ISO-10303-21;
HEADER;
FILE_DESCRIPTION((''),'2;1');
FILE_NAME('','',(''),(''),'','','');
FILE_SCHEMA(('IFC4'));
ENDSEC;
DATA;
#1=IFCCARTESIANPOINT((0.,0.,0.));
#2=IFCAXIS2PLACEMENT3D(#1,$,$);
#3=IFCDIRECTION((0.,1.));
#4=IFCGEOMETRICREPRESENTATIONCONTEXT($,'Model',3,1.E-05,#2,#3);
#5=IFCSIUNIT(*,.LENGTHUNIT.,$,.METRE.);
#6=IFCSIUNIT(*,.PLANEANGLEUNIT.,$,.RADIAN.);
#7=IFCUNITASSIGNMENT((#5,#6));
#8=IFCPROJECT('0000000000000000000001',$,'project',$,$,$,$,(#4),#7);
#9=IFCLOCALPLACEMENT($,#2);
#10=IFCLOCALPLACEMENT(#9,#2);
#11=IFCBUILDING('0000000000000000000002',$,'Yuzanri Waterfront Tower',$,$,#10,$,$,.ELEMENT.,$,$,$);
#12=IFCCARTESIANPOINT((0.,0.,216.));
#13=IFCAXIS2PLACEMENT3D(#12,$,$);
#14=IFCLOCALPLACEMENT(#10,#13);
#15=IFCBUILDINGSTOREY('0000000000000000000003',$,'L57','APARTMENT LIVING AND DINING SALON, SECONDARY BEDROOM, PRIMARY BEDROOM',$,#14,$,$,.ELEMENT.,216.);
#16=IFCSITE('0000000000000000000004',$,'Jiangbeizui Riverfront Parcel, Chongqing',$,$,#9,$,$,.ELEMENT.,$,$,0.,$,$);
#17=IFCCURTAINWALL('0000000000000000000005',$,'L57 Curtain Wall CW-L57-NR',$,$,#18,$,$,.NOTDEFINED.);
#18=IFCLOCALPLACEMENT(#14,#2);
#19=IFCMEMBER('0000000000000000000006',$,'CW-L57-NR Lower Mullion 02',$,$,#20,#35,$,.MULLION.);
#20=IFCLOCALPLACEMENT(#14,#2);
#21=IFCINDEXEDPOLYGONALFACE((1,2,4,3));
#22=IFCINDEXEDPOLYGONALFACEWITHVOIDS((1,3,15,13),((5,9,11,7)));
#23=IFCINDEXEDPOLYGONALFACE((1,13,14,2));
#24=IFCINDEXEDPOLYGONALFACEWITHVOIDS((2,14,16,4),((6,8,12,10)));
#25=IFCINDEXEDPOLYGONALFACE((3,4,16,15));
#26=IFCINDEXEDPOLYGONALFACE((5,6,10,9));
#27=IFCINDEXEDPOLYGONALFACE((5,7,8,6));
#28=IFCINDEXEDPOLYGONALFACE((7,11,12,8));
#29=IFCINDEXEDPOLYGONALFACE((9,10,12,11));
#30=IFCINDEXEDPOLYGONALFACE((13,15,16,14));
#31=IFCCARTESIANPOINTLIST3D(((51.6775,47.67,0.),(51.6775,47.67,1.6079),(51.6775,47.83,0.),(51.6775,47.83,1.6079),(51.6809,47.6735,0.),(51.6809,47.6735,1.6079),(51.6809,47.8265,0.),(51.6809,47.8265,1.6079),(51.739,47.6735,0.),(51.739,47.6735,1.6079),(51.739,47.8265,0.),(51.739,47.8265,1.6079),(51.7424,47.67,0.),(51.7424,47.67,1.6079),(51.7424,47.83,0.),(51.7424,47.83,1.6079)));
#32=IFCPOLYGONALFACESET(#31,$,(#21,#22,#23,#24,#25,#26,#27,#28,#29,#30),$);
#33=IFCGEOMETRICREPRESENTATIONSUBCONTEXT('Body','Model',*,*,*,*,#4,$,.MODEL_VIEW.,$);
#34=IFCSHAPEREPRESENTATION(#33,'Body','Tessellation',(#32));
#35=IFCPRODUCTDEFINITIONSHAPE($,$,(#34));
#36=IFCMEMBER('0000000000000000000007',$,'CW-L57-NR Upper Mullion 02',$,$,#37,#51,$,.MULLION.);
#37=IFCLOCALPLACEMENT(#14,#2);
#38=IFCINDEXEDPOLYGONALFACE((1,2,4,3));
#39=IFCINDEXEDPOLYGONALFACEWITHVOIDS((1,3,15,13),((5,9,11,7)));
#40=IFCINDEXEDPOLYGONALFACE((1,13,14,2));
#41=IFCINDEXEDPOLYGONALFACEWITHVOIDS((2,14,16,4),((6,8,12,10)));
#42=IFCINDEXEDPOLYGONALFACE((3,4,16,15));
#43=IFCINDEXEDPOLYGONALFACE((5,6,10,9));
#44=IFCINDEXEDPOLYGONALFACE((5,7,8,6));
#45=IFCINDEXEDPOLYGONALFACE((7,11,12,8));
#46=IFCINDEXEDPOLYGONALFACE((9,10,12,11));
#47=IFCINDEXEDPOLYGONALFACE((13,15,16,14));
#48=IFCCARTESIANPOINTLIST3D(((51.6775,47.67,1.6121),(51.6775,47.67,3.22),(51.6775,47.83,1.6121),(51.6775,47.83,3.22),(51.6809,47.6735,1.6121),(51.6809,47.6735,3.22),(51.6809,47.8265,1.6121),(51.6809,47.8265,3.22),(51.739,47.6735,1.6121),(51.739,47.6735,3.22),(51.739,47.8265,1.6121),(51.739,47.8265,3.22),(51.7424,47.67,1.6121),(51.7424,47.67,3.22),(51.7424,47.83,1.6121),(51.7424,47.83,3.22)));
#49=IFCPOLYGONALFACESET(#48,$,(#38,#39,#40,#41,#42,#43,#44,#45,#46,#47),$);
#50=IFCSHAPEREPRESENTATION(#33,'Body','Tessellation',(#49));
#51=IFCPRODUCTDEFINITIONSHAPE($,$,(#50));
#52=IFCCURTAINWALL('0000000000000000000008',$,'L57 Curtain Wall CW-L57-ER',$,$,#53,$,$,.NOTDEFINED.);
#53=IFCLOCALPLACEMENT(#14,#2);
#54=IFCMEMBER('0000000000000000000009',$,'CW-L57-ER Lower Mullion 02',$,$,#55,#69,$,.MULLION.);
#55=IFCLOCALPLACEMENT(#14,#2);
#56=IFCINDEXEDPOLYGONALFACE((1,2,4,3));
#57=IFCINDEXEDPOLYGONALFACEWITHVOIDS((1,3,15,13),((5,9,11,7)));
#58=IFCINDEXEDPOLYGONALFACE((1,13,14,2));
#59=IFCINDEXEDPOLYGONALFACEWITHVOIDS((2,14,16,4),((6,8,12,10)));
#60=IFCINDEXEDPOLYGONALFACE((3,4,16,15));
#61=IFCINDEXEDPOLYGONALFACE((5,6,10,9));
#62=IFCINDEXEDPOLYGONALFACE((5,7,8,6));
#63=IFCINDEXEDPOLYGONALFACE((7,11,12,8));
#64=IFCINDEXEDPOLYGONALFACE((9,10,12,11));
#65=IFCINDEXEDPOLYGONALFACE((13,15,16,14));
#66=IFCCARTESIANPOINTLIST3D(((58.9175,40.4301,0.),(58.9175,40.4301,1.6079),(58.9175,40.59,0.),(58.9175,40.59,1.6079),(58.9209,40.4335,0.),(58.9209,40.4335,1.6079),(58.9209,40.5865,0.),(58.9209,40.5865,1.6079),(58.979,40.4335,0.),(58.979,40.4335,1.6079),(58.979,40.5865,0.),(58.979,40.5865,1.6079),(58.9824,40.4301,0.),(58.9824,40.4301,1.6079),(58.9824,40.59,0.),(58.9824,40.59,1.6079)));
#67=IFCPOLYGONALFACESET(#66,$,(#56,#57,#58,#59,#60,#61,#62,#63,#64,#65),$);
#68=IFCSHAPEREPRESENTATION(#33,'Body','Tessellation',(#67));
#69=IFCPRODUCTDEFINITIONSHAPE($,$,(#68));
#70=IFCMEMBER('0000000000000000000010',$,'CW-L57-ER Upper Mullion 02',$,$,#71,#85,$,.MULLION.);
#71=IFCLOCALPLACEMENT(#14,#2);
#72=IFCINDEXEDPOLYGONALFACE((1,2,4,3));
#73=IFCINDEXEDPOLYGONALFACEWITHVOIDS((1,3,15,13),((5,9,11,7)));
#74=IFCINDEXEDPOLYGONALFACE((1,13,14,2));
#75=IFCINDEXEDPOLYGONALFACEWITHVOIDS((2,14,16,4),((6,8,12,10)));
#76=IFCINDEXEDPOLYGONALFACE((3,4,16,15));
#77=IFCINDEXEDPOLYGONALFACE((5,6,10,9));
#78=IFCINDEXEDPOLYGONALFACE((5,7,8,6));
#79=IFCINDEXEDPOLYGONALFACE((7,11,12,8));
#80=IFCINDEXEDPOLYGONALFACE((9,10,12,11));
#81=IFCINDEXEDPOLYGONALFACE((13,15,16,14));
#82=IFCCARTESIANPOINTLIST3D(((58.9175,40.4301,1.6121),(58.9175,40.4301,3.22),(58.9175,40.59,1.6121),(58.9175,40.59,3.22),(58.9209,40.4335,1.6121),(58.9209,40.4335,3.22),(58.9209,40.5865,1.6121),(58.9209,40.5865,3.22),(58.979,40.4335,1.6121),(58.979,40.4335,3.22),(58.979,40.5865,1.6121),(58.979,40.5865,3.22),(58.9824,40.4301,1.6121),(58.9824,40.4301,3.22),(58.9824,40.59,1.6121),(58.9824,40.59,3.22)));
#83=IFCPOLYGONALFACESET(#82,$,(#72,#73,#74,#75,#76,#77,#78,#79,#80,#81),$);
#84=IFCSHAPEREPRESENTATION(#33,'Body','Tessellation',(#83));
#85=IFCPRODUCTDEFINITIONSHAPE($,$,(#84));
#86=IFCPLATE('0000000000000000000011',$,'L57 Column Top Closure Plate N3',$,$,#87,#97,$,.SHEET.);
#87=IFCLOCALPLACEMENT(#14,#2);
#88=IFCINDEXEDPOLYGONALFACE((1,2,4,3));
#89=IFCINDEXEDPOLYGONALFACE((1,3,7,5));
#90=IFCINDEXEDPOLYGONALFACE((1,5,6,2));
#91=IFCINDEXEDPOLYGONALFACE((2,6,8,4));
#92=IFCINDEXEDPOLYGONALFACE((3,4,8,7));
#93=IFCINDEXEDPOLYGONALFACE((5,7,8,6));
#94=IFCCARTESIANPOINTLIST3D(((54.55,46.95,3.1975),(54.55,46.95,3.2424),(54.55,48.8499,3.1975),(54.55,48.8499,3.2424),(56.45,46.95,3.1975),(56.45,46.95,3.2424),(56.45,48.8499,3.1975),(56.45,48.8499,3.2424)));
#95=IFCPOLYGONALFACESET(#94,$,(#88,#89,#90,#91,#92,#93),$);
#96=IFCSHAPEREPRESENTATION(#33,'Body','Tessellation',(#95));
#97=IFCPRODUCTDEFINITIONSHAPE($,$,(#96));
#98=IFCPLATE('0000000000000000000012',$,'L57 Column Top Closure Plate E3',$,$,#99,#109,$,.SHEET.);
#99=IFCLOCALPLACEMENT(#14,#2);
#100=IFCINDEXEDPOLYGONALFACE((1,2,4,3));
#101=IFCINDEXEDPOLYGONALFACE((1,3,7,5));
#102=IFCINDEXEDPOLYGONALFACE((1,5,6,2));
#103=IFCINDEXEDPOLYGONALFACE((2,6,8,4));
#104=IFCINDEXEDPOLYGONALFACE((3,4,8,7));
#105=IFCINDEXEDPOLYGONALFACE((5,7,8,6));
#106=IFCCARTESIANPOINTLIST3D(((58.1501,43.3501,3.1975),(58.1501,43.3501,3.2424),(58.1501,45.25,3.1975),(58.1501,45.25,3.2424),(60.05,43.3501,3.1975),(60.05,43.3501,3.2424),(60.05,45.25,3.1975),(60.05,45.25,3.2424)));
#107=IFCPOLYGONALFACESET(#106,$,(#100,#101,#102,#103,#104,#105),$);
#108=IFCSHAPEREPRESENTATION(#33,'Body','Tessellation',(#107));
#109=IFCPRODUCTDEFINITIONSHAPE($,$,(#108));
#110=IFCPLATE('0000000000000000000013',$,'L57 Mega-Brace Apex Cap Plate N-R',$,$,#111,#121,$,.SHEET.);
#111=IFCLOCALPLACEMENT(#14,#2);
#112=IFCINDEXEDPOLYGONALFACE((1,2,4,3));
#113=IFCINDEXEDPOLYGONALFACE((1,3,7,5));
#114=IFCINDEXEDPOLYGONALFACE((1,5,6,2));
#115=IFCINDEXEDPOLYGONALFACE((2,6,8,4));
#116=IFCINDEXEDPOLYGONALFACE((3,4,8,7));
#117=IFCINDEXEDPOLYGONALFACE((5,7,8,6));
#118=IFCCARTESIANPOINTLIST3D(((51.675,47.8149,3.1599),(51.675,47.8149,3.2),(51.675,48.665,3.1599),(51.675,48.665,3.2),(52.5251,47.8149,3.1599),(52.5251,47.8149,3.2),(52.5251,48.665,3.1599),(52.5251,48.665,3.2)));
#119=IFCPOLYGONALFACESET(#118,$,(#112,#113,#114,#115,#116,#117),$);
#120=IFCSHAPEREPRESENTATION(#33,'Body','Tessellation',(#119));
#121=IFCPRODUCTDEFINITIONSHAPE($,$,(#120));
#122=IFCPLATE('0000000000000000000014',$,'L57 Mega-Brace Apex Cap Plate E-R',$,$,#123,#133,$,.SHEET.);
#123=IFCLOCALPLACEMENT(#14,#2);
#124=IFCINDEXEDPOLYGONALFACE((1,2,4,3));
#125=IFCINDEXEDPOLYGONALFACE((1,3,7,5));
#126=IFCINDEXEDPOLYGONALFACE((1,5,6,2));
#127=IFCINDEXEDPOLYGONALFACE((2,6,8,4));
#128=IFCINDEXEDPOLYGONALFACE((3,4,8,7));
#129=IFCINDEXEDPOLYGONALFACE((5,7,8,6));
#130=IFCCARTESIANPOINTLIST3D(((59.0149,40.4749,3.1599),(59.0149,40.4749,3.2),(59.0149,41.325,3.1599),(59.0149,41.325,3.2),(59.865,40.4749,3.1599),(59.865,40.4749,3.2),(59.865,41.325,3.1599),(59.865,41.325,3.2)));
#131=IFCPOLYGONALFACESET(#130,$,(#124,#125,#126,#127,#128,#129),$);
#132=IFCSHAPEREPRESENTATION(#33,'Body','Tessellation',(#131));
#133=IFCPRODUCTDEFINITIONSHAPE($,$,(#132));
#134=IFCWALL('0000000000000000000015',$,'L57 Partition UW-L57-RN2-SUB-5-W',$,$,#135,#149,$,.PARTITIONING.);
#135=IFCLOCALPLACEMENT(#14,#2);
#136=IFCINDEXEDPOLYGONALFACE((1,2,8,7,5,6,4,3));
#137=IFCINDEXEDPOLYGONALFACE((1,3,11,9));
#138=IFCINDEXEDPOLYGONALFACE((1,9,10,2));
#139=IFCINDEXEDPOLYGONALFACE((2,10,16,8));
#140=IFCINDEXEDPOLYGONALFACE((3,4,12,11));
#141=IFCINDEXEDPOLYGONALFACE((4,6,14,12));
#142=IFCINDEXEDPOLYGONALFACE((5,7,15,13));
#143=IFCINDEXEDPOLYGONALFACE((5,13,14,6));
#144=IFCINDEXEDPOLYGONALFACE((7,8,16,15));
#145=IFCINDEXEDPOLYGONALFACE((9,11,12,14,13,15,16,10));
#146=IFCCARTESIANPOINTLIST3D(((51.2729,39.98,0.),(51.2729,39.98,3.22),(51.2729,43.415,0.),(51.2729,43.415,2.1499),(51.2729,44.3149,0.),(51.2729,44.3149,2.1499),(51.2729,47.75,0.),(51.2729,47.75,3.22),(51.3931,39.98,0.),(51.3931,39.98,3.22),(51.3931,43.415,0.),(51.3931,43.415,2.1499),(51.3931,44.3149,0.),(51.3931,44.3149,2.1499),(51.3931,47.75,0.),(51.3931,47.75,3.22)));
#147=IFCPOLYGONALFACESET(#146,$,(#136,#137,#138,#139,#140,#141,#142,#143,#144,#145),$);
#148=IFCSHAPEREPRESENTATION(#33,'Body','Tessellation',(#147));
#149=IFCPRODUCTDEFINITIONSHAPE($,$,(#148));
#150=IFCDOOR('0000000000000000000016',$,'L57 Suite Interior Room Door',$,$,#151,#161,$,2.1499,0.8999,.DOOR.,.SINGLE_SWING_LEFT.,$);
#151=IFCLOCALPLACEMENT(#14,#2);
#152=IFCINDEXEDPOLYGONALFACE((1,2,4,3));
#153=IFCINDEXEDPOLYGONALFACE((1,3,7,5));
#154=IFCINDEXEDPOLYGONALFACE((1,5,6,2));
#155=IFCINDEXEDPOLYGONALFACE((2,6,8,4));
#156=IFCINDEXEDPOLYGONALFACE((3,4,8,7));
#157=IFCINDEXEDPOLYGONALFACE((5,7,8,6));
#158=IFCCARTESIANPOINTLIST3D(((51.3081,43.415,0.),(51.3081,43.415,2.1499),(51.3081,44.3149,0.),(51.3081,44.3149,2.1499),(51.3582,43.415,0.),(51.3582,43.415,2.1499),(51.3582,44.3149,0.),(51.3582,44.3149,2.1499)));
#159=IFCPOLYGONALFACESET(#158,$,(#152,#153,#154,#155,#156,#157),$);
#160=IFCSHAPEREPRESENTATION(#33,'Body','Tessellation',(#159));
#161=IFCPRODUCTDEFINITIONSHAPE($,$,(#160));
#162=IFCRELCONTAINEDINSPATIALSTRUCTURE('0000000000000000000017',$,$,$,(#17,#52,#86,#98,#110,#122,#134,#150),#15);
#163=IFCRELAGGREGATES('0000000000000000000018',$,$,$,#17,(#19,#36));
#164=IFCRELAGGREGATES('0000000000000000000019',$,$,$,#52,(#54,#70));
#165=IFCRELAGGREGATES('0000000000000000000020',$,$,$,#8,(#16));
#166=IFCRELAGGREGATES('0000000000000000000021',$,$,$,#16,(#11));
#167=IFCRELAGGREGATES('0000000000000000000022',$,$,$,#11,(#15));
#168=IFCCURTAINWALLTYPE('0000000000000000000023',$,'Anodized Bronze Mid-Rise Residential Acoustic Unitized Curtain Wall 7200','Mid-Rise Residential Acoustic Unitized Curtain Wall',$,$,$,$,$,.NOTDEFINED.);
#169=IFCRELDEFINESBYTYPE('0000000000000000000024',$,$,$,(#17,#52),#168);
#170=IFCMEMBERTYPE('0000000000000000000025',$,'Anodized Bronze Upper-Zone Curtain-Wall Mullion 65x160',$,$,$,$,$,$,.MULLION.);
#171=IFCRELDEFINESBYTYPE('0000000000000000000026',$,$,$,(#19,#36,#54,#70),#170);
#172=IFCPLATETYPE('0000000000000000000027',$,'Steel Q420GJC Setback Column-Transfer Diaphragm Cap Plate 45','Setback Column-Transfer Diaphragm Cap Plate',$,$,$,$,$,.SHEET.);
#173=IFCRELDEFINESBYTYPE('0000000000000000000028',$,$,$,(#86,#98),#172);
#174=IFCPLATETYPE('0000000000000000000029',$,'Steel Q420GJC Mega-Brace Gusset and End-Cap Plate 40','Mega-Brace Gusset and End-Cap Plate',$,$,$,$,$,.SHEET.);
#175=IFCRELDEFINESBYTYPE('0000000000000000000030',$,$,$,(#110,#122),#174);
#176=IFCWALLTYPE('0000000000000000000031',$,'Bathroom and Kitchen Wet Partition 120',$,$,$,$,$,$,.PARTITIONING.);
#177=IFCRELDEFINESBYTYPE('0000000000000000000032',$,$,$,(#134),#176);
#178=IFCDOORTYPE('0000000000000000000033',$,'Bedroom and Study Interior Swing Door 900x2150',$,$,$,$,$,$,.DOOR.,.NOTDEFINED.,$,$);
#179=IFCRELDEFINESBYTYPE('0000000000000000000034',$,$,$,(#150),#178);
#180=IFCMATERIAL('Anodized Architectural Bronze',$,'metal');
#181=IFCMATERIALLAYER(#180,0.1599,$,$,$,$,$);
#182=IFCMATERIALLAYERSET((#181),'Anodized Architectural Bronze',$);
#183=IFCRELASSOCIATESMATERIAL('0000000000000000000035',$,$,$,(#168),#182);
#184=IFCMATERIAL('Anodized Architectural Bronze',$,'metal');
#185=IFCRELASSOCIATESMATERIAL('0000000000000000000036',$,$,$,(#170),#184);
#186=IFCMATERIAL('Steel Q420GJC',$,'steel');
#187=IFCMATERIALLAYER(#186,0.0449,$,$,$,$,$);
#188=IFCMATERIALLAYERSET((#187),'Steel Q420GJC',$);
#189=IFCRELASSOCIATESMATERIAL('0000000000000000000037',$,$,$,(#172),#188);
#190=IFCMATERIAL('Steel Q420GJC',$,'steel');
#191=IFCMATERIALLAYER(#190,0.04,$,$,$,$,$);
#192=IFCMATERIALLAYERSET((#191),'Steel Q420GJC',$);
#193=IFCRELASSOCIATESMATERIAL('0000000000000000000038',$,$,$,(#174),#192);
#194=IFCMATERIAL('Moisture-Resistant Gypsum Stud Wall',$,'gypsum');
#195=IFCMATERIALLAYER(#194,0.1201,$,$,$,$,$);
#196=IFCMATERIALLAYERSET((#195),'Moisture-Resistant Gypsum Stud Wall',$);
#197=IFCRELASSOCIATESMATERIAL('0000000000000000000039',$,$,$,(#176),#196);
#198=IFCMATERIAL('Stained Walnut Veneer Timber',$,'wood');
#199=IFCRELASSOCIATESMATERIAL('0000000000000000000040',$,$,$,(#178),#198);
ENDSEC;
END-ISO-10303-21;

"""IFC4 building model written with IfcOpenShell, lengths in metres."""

from ifc_helpers import new_model, si_unit, direction, frame, frame_2d, origin, origin_2d, place, context, subcontext, project, spatial, rectangle, hollow_rectangle, extrude, source, transform, mapped, material, layer, layer_set, material_profile, profile_set, type_object, element, fill, aggregate, save


model = new_model("IFC4")

# Units and contexts
model_context = context("Model", 3, precision=1e-05, world=origin(), true_north=direction((0.0, 1.0)))
body_context = subcontext(model_context, "Body", "Model", "MODEL_VIEW")
ifc_project = project(units=[si_unit("LENGTHUNIT", "METRE"), si_unit("PLANEANGLEUNIT", "RADIAN")], contexts=[model_context])

# Site, building, storey
site_placement = place(None, origin())
site = spatial("IfcSite", under=ifc_project, at=site_placement, Name="Jiangbeizui Riverfront Parcel, Chongqing", CompositionType="ELEMENT", RefElevation=0.0)
building_placement = place(site_placement, origin())
building = spatial("IfcBuilding", under=site, at=building_placement, Name="Yuzanri Waterfront Tower", CompositionType="ELEMENT")
storey_placement = place(building_placement, frame((0.0, 0.0, 216.0)))
storey = spatial("IfcBuildingStorey", under=building, at=storey_placement, Name="L57", Description="APARTMENT LIVING AND DINING SALON, SECONDARY BEDROOM, PRIMARY BEDROOM", CompositionType="ELEMENT", Elevation=216.0)

# Curtain walls, members
ifc_material_1 = material(Name="Anodized Architectural Bronze", Category="metal")
ifc_layer_1 = layer(ifc_material_1, 0.1599)
ifc_layer_set_1 = layer_set([ifc_layer_1], Name="Anodized Architectural Bronze")
curtain_wall_type = type_object("IfcCurtainWallType", Name="Anodized Bronze Mid-Rise Residential Acoustic Unitized Curtain Wall 7200", Description="Mid-Rise Residential Acoustic Unitized Curtain Wall", PredefinedType="NOTDEFINED", material=ifc_layer_set_1)
curtain_wall_1_placement = place(storey_placement, origin())
curtain_wall_1 = element("IfcCurtainWall", 1, at=curtain_wall_1_placement, inside=storey, type_object=curtain_wall_type, Name="L57 Curtain Wall CW-L57-NR", PredefinedType="NOTDEFINED")
ifc_material_2 = material(Name="Anodized Architectural Bronze", Category="metal")
ifc_material_profile_1 = material_profile(ifc_material_2, hollow_rectangle(XDim=0.0649, YDim=0.1599, WallThickness=0.0034, at=origin_2d()), Name="CWM 65x160")
ifc_profile_set_1 = profile_set([ifc_material_profile_1], Name="Anodized Architectural Bronze")
member_type = type_object("IfcMemberType", Name="Anodized Bronze Upper-Zone Curtain-Wall Mullion 65x160", PredefinedType="MULLION", material=ifc_profile_set_1)
shared_shape_1 = source(origin(), body_context, "Body", "SweptSolid", [
    extrude(hollow_rectangle(XDim=0.0649, YDim=0.1599, WallThickness=0.0034, at=origin_2d()), origin(), (0.0, 0.0, 1.0), 1.6079),
])
member_1_placement = place(storey_placement, frame((51.71, 47.75, 0.0), z_axis=(0.0, 0.0, 1.0), x_axis=(1.0, 0.0, 0.0)))
member_1 = element("IfcMember", 2, at=member_1_placement, type_object=member_type, Name="CW-L57-NR Lower Mullion 02", PredefinedType="MULLION", context=body_context, shape_type="MappedRepresentation", body=[
    mapped(shared_shape_1, transform((0.0, 0.0, 0.0), scale=1.0)),
])
member_2_placement = place(storey_placement, frame((51.71, 47.75, 1.6121), z_axis=(0.0, 0.0, 1.0), x_axis=(1.0, 0.0, 0.0)))
member_2 = element("IfcMember", 3, at=member_2_placement, type_object=member_type, Name="CW-L57-NR Upper Mullion 02", PredefinedType="MULLION", context=body_context, shape_type="MappedRepresentation", body=[
    mapped(shared_shape_1, transform((0.0, 0.0, 0.0), scale=1.0)),
])
aggregate(curtain_wall_1, [member_1, member_2])
curtain_wall_2_placement = place(storey_placement, origin())
curtain_wall_2 = element("IfcCurtainWall", 4, at=curtain_wall_2_placement, inside=storey, type_object=curtain_wall_type, Name="L57 Curtain Wall CW-L57-ER", PredefinedType="NOTDEFINED")
member_3_placement = place(storey_placement, frame((58.95, 40.51, 0.0), z_axis=(0.0, 0.0, 1.0), x_axis=(1.0, 0.0, 0.0)))
member_3 = element("IfcMember", 5, at=member_3_placement, type_object=member_type, Name="CW-L57-ER Lower Mullion 02", PredefinedType="MULLION", context=body_context, shape_type="MappedRepresentation", body=[
    mapped(shared_shape_1, transform((0.0, 0.0, 0.0), scale=1.0)),
])
member_4_placement = place(storey_placement, frame((58.95, 40.51, 1.6121), z_axis=(0.0, 0.0, 1.0), x_axis=(1.0, 0.0, 0.0)))
member_4 = element("IfcMember", 6, at=member_4_placement, type_object=member_type, Name="CW-L57-ER Upper Mullion 02", PredefinedType="MULLION", context=body_context, shape_type="MappedRepresentation", body=[
    mapped(shared_shape_1, transform((0.0, 0.0, 0.0), scale=1.0)),
])
aggregate(curtain_wall_2, [member_3, member_4])

# Plates
ifc_material_3 = material(Name="Steel Q420GJC", Category="steel")
ifc_layer_2 = layer(ifc_material_3, 0.0449)
ifc_layer_set_2 = layer_set([ifc_layer_2], Name="Steel Q420GJC")
plate_type_1 = type_object("IfcPlateType", Name="Steel Q420GJC Setback Column-Transfer Diaphragm Cap Plate 45", Description="Setback Column-Transfer Diaphragm Cap Plate", PredefinedType="SHEET", material=ifc_layer_set_2)
shared_shape_2 = source(origin(), body_context, "Body", "SweptSolid", [
    extrude(rectangle(XDim=1.8999, YDim=1.8999, at=origin_2d()), origin(), (0.0, 0.0, 1.0), 0.0449),
])
for number, where, z_axis, x_axis, name in (
    (7, (55.5, 47.8999, 3.1975), (0.0, 0.0, 1.0), (1.0, 0.0, 0.0), "L57 Column Top Closure Plate N3"),
    (8, (59.1001, 44.3, 3.1975), (0.0, 0.0, 1.0), (1.0, 0.0, 0.0), "L57 Column Top Closure Plate E3"),
):
    element("IfcPlate", number, at=place(storey_placement, frame(where, z_axis=z_axis, x_axis=x_axis)), inside=storey, type_object=plate_type_1, Name=name, PredefinedType="SHEET", context=body_context, shape_type="MappedRepresentation", body=[
        mapped(shared_shape_2, transform((0.0, 0.0, 0.0), scale=1.0)),
    ])
ifc_material_4 = material(Name="Steel Q420GJC", Category="steel")
ifc_layer_3 = layer(ifc_material_4, 0.04)
ifc_layer_set_3 = layer_set([ifc_layer_3], Name="Steel Q420GJC")
plate_type_2 = type_object("IfcPlateType", Name="Steel Q420GJC Mega-Brace Gusset and End-Cap Plate 40", Description="Mega-Brace Gusset and End-Cap Plate", PredefinedType="SHEET", material=ifc_layer_set_3)
shared_shape_3 = source(origin(), body_context, "Body", "SweptSolid", [
    extrude(rectangle(XDim=0.8501, YDim=0.8501, at=origin_2d()), origin(), (0.0, 0.0, 1.0), 0.04),
])
for number, where, z_axis, x_axis, name in (
    (9, (52.1001, 48.24, 3.1599), (0.0, 0.0, 1.0), (1.0, 0.0, 0.0), "L57 Mega-Brace Apex Cap Plate N-R"),
    (10, (59.4399, 40.8999, 3.1599), (0.0, 0.0, 1.0), (1.0, 0.0, 0.0), "L57 Mega-Brace Apex Cap Plate E-R"),
):
    element("IfcPlate", number, at=place(storey_placement, frame(where, z_axis=z_axis, x_axis=x_axis)), inside=storey, type_object=plate_type_2, Name=name, PredefinedType="SHEET", context=body_context, shape_type="MappedRepresentation", body=[
        mapped(shared_shape_3, transform((0.0, 0.0, 0.0), scale=1.0)),
    ])

# Wall, opening, door
ifc_material_5 = material(Name="Moisture-Resistant Gypsum Stud Wall", Category="gypsum")
ifc_layer_4 = layer(ifc_material_5, 0.1201)
ifc_layer_set_4 = layer_set([ifc_layer_4], Name="Moisture-Resistant Gypsum Stud Wall")
wall_type_1 = type_object("IfcWallType", Name="Bathroom and Kitchen Wet Partition 120", PredefinedType="PARTITIONING", material=ifc_layer_set_4)
wall_1_placement = place(storey_placement, frame((51.333, 39.98, 0.0), z_axis=(0.0, 0.0, 1.0), x_axis=(0.0, 1.0, 0.0)))
wall_1 = element("IfcWall", 11, at=wall_1_placement, inside=storey, type_object=wall_type_1, Name="L57 Partition UW-L57-RN2-SUB-5-W", PredefinedType="PARTITIONING", context=body_context, shape_type="SweptSolid", body=[
    extrude(rectangle(XDim=7.77, YDim=0.1201, at=frame_2d((3.885, 0.0))), origin(), (0.0, 0.0, 1.0), 3.22),
])
opening_1_placement = place(wall_1_placement, frame((3.4351, 0.0, 0.0)))
opening_1 = element("IfcOpeningElement", 12, at=opening_1_placement, cuts=wall_1, PredefinedType="OPENING", context=body_context, shape_type="SweptSolid", body=[
    extrude(rectangle(XDim=0.8999, YDim=2.1499, at=frame_2d((0.45, 1.075))), frame((0.0, 0.075, 0.0), z_axis=(0.0, -1.0, 0.0), x_axis=(1.0, 0.0, 0.0)), (0.0, 0.0, 1.0), 0.1499),
])
ifc_material_6 = material(Name="Stained Walnut Veneer Timber", Category="wood")
door_type = type_object("IfcDoorType", Name="Bedroom and Study Interior Swing Door 900x2150", OperationType="NOTDEFINED", PredefinedType="DOOR", material=ifc_material_6)
shared_shape_4 = source(origin(), body_context, "Body", "SweptSolid", [
    extrude(rectangle(XDim=0.8999, YDim=2.1499, at=frame_2d((0.45, 1.075))), frame((0.0, 0.0249, 0.0), z_axis=(0.0, -1.0, 0.0), x_axis=(1.0, 0.0, 0.0)), (0.0, 0.0, 1.0), 0.05),
])
door_placement = place(opening_1_placement, origin())
door = element("IfcDoor", 13, at=door_placement, inside=storey, type_object=door_type, Name="L57 Suite Interior Room Door", OperationType="SINGLE_SWING_LEFT", OverallHeight=2.1499, OverallWidth=0.8999, PredefinedType="DOOR", context=body_context, shape_type="MappedRepresentation", body=[
    mapped(shared_shape_4, transform((0.0, 0.0, 0.0), scale=1.0)),
])
fill(opening_1, door)

save(model, "model.ifc")
